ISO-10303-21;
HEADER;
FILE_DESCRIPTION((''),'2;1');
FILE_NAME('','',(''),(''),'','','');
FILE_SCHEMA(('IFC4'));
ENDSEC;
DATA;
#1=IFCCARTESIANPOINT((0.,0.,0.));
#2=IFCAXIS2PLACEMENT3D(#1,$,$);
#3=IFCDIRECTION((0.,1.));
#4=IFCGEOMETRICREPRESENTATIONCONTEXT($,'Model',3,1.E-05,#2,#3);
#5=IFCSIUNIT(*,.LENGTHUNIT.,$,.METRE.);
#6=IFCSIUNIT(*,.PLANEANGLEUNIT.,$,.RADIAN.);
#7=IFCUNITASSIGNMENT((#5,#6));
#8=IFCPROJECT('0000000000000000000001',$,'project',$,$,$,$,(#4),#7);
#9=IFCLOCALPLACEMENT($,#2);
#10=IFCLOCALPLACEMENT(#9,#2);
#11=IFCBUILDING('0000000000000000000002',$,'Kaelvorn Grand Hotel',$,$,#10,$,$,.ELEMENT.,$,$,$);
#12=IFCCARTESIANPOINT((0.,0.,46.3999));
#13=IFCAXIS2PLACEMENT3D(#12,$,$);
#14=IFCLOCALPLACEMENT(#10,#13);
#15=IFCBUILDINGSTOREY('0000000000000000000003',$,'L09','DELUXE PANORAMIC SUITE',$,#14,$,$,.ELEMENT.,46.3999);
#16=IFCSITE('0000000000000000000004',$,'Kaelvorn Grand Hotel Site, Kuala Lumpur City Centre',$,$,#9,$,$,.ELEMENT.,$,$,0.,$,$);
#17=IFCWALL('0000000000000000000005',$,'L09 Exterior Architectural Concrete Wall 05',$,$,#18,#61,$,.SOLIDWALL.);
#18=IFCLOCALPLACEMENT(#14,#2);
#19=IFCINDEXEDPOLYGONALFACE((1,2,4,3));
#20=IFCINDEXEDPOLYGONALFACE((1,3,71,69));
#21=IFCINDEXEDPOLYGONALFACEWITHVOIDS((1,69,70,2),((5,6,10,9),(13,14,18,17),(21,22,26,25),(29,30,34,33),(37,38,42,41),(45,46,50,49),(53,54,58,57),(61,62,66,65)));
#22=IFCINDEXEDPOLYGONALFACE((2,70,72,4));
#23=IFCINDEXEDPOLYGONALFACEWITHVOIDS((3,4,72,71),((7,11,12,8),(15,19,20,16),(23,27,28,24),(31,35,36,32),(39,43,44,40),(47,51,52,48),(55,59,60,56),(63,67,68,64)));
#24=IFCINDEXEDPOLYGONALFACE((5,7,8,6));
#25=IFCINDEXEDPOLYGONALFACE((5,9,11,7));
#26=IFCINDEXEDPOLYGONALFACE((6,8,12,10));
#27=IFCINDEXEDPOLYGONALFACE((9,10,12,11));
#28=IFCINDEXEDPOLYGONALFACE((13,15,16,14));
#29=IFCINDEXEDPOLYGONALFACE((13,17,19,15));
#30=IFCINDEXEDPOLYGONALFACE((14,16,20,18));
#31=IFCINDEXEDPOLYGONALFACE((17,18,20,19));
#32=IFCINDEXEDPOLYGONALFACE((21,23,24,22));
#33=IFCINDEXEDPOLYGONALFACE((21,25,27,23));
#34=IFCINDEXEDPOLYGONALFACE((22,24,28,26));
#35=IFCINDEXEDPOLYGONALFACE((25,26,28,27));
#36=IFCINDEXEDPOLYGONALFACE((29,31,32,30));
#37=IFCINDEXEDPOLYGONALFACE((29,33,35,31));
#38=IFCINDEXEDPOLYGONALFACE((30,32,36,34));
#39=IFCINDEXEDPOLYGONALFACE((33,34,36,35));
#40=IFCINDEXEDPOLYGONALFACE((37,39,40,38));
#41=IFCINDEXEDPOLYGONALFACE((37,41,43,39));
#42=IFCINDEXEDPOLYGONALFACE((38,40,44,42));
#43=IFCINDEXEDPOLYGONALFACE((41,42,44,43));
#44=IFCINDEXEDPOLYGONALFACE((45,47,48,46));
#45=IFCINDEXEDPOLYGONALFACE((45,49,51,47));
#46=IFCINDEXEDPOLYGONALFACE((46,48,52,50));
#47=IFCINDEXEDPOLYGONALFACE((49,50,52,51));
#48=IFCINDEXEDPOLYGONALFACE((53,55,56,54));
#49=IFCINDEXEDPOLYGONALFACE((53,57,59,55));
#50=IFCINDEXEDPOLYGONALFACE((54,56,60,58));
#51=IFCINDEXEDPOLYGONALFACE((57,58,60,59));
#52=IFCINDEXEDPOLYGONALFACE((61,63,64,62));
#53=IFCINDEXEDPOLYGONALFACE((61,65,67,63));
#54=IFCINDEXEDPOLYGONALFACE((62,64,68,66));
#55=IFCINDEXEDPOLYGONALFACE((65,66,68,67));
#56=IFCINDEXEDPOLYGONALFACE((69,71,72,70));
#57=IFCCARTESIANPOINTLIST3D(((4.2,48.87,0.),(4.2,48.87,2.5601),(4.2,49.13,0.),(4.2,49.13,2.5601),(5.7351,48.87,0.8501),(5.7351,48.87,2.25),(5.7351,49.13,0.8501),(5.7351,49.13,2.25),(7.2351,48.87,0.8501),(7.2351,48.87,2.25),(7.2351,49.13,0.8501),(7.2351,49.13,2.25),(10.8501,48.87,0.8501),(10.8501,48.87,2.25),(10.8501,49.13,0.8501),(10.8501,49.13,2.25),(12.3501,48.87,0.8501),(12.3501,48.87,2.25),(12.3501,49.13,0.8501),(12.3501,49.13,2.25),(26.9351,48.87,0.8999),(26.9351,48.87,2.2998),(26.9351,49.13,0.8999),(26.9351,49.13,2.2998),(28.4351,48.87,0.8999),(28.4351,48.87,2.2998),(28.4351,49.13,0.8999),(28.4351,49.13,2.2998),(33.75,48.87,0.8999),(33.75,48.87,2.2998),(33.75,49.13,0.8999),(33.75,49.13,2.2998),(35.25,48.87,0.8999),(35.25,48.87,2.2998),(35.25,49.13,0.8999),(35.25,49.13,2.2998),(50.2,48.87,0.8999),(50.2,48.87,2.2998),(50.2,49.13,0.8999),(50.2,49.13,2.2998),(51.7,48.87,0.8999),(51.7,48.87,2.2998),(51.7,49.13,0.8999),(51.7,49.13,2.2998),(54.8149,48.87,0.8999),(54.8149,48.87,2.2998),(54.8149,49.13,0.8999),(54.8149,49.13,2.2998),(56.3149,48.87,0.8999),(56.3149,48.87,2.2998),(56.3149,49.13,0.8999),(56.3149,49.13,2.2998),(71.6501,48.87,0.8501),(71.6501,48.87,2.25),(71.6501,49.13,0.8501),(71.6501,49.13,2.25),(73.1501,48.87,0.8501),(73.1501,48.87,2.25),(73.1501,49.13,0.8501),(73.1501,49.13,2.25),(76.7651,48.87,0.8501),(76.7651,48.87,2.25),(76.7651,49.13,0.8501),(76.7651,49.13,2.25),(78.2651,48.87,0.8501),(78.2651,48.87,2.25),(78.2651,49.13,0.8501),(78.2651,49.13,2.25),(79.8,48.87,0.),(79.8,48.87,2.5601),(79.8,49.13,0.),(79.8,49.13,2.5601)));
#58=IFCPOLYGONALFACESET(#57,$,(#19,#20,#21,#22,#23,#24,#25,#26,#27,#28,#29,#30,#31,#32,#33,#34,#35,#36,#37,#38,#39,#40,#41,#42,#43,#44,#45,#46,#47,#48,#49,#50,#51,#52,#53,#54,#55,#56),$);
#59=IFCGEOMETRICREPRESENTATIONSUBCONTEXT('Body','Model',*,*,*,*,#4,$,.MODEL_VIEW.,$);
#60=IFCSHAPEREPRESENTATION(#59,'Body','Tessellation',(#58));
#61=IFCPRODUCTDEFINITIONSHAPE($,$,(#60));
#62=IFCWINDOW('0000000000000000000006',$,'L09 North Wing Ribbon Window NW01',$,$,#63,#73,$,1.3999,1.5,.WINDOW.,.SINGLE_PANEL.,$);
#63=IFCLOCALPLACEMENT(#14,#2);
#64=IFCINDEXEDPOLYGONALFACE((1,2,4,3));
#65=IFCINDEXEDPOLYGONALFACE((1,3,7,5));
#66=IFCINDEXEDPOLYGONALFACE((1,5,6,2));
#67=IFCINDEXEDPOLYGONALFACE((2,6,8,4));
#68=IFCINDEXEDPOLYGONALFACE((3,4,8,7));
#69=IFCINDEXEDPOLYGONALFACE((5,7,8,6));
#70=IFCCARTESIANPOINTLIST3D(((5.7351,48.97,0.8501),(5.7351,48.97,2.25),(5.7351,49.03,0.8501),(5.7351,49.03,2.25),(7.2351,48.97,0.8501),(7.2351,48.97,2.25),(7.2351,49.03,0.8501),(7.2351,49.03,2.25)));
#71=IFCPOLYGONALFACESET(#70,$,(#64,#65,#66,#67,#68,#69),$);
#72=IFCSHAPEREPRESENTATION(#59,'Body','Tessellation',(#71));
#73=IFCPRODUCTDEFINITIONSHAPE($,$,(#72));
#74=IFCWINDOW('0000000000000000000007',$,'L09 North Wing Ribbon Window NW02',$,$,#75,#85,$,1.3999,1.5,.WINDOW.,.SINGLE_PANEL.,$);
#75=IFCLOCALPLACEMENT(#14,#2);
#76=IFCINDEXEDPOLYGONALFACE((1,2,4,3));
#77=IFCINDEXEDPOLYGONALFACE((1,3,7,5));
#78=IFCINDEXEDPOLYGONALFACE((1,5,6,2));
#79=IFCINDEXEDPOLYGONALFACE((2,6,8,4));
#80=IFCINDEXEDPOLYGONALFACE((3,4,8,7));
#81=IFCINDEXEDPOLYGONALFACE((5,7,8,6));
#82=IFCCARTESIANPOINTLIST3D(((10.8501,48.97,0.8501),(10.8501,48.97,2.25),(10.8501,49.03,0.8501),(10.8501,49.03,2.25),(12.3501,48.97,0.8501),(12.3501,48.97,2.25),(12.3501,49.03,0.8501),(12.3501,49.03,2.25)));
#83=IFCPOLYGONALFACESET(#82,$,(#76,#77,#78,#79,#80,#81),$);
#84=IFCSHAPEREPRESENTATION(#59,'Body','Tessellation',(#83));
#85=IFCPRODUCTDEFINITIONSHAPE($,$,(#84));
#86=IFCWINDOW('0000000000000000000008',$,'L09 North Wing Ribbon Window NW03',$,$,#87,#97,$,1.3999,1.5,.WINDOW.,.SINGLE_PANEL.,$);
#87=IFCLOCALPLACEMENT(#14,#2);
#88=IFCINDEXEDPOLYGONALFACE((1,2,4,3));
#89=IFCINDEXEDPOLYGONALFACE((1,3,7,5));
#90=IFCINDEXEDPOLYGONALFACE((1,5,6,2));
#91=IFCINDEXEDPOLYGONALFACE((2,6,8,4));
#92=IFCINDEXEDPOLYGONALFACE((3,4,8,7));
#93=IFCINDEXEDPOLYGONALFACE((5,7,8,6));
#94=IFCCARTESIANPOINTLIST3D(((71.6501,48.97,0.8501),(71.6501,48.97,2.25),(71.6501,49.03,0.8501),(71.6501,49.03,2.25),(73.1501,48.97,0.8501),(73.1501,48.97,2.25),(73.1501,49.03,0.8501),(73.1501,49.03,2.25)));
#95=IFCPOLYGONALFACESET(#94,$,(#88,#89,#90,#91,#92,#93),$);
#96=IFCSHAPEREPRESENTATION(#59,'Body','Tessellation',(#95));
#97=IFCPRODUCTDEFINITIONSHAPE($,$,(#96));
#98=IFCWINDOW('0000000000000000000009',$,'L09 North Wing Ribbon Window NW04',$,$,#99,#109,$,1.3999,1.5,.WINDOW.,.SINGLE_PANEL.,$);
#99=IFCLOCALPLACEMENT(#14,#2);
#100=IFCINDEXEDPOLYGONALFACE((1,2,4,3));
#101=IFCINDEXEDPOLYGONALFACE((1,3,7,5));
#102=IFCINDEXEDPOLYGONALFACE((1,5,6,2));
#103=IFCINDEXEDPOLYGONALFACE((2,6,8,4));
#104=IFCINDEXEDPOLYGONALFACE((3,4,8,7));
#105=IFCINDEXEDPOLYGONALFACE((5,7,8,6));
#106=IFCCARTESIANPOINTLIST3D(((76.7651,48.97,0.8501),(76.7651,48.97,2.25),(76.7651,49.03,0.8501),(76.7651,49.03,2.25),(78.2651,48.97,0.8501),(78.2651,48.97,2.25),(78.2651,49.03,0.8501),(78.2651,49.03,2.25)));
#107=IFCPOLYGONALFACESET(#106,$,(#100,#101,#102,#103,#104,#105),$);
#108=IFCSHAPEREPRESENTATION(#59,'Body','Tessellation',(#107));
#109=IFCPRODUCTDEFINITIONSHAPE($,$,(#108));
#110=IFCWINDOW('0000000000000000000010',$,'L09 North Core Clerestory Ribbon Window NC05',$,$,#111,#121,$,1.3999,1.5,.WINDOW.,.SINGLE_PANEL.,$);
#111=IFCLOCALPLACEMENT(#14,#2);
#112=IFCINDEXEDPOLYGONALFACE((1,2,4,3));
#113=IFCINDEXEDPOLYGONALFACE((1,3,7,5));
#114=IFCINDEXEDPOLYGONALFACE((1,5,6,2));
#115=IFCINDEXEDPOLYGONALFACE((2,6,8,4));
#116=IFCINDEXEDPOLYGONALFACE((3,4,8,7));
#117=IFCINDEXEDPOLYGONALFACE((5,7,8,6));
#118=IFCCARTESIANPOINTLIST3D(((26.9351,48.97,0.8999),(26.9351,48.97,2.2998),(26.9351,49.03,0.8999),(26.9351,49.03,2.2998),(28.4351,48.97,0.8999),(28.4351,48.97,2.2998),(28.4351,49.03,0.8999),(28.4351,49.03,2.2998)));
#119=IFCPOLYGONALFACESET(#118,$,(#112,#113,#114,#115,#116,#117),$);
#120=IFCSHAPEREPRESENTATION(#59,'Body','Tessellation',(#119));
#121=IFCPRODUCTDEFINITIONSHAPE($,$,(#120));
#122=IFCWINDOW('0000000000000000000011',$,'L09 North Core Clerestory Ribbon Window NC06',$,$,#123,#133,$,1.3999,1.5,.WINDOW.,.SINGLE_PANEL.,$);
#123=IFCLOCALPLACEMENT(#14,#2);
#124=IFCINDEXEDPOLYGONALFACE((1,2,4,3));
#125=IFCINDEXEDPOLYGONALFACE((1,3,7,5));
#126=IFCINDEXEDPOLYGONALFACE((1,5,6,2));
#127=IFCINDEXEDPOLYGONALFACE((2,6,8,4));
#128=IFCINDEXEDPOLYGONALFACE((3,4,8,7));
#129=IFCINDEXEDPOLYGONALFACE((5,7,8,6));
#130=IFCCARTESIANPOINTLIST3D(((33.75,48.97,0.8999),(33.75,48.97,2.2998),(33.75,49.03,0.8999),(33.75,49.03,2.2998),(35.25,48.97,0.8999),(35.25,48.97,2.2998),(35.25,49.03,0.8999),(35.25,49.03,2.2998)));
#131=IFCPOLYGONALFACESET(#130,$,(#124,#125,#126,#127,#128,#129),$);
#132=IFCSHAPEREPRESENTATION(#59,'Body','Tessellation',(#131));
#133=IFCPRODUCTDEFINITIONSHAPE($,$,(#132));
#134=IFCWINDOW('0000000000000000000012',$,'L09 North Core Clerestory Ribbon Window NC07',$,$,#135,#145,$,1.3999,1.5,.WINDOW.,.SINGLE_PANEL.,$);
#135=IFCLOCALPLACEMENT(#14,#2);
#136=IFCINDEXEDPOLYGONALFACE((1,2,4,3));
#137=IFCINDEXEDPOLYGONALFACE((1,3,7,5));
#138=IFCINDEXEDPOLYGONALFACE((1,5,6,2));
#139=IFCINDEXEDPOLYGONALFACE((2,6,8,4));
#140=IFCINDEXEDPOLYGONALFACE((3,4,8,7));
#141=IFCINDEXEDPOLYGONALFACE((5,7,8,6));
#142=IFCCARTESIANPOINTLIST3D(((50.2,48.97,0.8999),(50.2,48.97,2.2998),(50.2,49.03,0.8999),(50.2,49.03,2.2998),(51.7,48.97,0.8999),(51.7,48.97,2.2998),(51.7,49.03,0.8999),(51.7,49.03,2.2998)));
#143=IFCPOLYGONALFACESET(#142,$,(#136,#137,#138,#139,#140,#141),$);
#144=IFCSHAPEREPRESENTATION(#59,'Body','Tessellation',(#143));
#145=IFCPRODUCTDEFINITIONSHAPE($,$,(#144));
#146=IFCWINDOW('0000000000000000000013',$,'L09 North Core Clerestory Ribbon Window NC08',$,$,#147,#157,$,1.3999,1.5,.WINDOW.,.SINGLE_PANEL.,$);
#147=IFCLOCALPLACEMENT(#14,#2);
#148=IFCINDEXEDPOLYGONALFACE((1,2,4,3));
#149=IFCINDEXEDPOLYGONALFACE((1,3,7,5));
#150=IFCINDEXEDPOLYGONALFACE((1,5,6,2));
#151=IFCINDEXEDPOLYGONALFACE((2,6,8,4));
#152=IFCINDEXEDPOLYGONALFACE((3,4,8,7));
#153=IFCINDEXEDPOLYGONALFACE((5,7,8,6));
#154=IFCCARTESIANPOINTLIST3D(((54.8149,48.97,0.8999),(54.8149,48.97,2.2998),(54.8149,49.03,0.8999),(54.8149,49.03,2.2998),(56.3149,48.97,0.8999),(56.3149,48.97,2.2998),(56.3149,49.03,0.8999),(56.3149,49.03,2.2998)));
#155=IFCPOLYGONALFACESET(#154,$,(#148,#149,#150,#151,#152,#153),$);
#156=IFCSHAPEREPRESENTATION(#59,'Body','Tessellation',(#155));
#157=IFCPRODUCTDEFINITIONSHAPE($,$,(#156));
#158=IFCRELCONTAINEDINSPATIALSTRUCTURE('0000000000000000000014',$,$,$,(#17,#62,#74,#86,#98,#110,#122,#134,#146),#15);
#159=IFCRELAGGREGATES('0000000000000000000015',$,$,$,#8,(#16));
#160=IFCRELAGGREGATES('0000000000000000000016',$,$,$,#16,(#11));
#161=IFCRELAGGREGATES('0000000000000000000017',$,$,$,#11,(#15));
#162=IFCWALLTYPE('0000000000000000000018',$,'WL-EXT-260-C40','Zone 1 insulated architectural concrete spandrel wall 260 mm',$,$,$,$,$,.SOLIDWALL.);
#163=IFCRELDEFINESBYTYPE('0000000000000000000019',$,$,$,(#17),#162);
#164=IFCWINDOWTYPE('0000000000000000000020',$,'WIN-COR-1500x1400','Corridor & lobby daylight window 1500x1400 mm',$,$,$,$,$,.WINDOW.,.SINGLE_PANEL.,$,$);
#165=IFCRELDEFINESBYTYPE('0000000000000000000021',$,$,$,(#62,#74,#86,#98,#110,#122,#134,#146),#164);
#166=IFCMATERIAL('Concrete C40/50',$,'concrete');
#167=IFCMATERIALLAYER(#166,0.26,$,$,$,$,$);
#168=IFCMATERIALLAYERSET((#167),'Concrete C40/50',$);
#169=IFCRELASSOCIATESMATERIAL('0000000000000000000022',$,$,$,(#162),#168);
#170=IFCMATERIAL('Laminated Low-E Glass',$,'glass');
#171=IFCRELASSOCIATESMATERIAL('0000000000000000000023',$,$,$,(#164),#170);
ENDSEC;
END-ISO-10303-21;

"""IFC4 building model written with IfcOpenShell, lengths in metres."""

from ifc_helpers import new_model, si_unit, direction, frame, frame_2d, origin, place, context, subcontext, project, spatial, rectangle, extrude, material, layer, layer_set, type_object, element, fill, save


model = new_model("IFC4")

# Units and contexts
model_context = context("Model", 3, precision=1e-05, world=origin(), true_north=direction((0.0, 1.0)))
body_context = subcontext(model_context, "Body", "Model", "MODEL_VIEW")
ifc_project = project(units=[si_unit("LENGTHUNIT", "METRE"), si_unit("PLANEANGLEUNIT", "RADIAN")], contexts=[model_context])

# Site, building, storey
site_placement = place(None, origin())
site = spatial("IfcSite", under=ifc_project, at=site_placement, Name="Kaelvorn Grand Hotel Site, Kuala Lumpur City Centre", CompositionType="ELEMENT", RefElevation=0.0)
building_placement = place(site_placement, origin())
building = spatial("IfcBuilding", under=site, at=building_placement, Name="Kaelvorn Grand Hotel", CompositionType="ELEMENT")
storey_placement = place(building_placement, frame((0.0, 0.0, 46.3999)))
storey = spatial("IfcBuildingStorey", under=building, at=storey_placement, Name="L09", Description="DELUXE PANORAMIC SUITE", CompositionType="ELEMENT", Elevation=46.3999)

# Shared definitions
ifc_material_1 = material(Name="Concrete C40/50", Category="concrete")
ifc_layer_1 = layer(ifc_material_1, 0.26)
ifc_layer_set_1 = layer_set([ifc_layer_1], Name="Concrete C40/50")
wall_type_1 = type_object("IfcWallType", Name="WL-EXT-260-C40", Description="Zone 1 insulated architectural concrete spandrel wall 260 mm", PredefinedType="SOLIDWALL", material=ifc_layer_set_1)

# Wall, openings, windows
wall_1_placement = place(storey_placement, frame((79.8, 49.0, 0.0), z_axis=(0.0, 0.0, 1.0), x_axis=(-1.0, 0.0, 0.0)))
wall_1 = element("IfcWall", 1, at=wall_1_placement, inside=storey, type_object=wall_type_1, Name="L09 Exterior Architectural Concrete Wall 05", PredefinedType="SOLIDWALL", context=body_context, shape_type="SweptSolid", body=[
    extrude(rectangle(XDim=75.6001, YDim=0.26, at=frame_2d((37.8, 0.0))), origin(), (0.0, 0.0, 1.0), 2.5601),
])
opening_1_placement = place(wall_1_placement, frame((72.5649, 0.0, 0.8501)))
opening_1 = element("IfcOpeningElement", 2, at=opening_1_placement, cuts=wall_1, PredefinedType="OPENING", context=body_context, shape_type="SweptSolid", body=[
    extrude(rectangle(XDim=1.5, YDim=1.3999, at=frame_2d((0.75, 0.7))), frame((0.0, 0.1401, 0.0), z_axis=(0.0, -1.0, 0.0), x_axis=(1.0, 0.0, 0.0)), (0.0, 0.0, 1.0), 0.28),
])
opening_2_placement = place(wall_1_placement, frame((67.45, 0.0, 0.8501)))
opening_2 = element("IfcOpeningElement", 3, at=opening_2_placement, cuts=wall_1, PredefinedType="OPENING", context=body_context, shape_type="SweptSolid", body=[
    extrude(rectangle(XDim=1.5, YDim=1.3999, at=frame_2d((0.75, 0.7))), frame((0.0, 0.1401, 0.0), z_axis=(0.0, -1.0, 0.0), x_axis=(1.0, 0.0, 0.0)), (0.0, 0.0, 1.0), 0.28),
])
opening_3_placement = place(wall_1_placement, frame((6.6499, 0.0, 0.8501)))
opening_3 = element("IfcOpeningElement", 4, at=opening_3_placement, cuts=wall_1, PredefinedType="OPENING", context=body_context, shape_type="SweptSolid", body=[
    extrude(rectangle(XDim=1.5, YDim=1.3999, at=frame_2d((0.75, 0.7))), frame((0.0, 0.1401, 0.0), z_axis=(0.0, -1.0, 0.0), x_axis=(1.0, 0.0, 0.0)), (0.0, 0.0, 1.0), 0.28),
])
opening_4_placement = place(wall_1_placement, frame((1.5349, 0.0, 0.8501)))
opening_4 = element("IfcOpeningElement", 5, at=opening_4_placement, cuts=wall_1, PredefinedType="OPENING", context=body_context, shape_type="SweptSolid", body=[
    extrude(rectangle(XDim=1.5, YDim=1.3999, at=frame_2d((0.75, 0.7))), frame((0.0, 0.1401, 0.0), z_axis=(0.0, -1.0, 0.0), x_axis=(1.0, 0.0, 0.0)), (0.0, 0.0, 1.0), 0.28),
])
opening_5_placement = place(wall_1_placement, frame((51.365, 0.0, 0.8999)))
opening_5 = element("IfcOpeningElement", 6, at=opening_5_placement, cuts=wall_1, PredefinedType="OPENING", context=body_context, shape_type="SweptSolid", body=[
    extrude(rectangle(XDim=1.5, YDim=1.3999, at=frame_2d((0.75, 0.7))), frame((0.0, 0.1401, 0.0), z_axis=(0.0, -1.0, 0.0), x_axis=(1.0, 0.0, 0.0)), (0.0, 0.0, 1.0), 0.28),
])
opening_6_placement = place(wall_1_placement, frame((44.55, 0.0, 0.8999)))
opening_6 = element("IfcOpeningElement", 7, at=opening_6_placement, cuts=wall_1, PredefinedType="OPENING", context=body_context, shape_type="SweptSolid", body=[
    extrude(rectangle(XDim=1.5, YDim=1.3999, at=frame_2d((0.75, 0.7))), frame((0.0, 0.1401, 0.0), z_axis=(0.0, -1.0, 0.0), x_axis=(1.0, 0.0, 0.0)), (0.0, 0.0, 1.0), 0.28),
])
opening_7_placement = place(wall_1_placement, frame((28.1001, 0.0, 0.8999)))
opening_7 = element("IfcOpeningElement", 8, at=opening_7_placement, cuts=wall_1, PredefinedType="OPENING", context=body_context, shape_type="SweptSolid", body=[
    extrude(rectangle(XDim=1.5, YDim=1.3999, at=frame_2d((0.75, 0.7))), frame((0.0, 0.1401, 0.0), z_axis=(0.0, -1.0, 0.0), x_axis=(1.0, 0.0, 0.0)), (0.0, 0.0, 1.0), 0.28),
])
opening_8_placement = place(wall_1_placement, frame((23.4851, 0.0, 0.8999)))
opening_8 = element("IfcOpeningElement", 9, at=opening_8_placement, cuts=wall_1, PredefinedType="OPENING", context=body_context, shape_type="SweptSolid", body=[
    extrude(rectangle(XDim=1.5, YDim=1.3999, at=frame_2d((0.75, 0.7))), frame((0.0, 0.1401, 0.0), z_axis=(0.0, -1.0, 0.0), x_axis=(1.0, 0.0, 0.0)), (0.0, 0.0, 1.0), 0.28),
])
ifc_material_2 = material(Name="Laminated Low-E Glass", Category="glass")
window_type = type_object("IfcWindowType", Name="WIN-COR-1500x1400", Description="Corridor & lobby daylight window 1500x1400 mm", PartitioningType="SINGLE_PANEL", PredefinedType="WINDOW", material=ifc_material_2)
window_1_placement = place(opening_1_placement, origin())
window_1 = element("IfcWindow", 10, at=window_1_placement, inside=storey, type_object=window_type, Name="L09 North Wing Ribbon Window NW01", OverallHeight=1.3999, OverallWidth=1.5, PartitioningType="SINGLE_PANEL", PredefinedType="WINDOW", context=body_context, shape_type="SweptSolid", body=[
    extrude(rectangle(XDim=1.5, YDim=1.3999, at=frame_2d((0.75, 0.7))), frame((0.0, 0.03, 0.0), z_axis=(0.0, -1.0, 0.0), x_axis=(1.0, 0.0, 0.0)), (0.0, 0.0, 1.0), 0.0601),
])
fill(opening_1, window_1)
window_2_placement = place(opening_2_placement, origin())
window_2 = element("IfcWindow", 11, at=window_2_placement, inside=storey, type_object=window_type, Name="L09 North Wing Ribbon Window NW02", OverallHeight=1.3999, OverallWidth=1.5, PartitioningType="SINGLE_PANEL", PredefinedType="WINDOW", context=body_context, shape_type="SweptSolid", body=[
    extrude(rectangle(XDim=1.5, YDim=1.3999, at=frame_2d((0.75, 0.7))), frame((0.0, 0.03, 0.0), z_axis=(0.0, -1.0, 0.0), x_axis=(1.0, 0.0, 0.0)), (0.0, 0.0, 1.0), 0.0601),
])
fill(opening_2, window_2)
window_3_placement = place(opening_3_placement, origin())
window_3 = element("IfcWindow", 12, at=window_3_placement, inside=storey, type_object=window_type, Name="L09 North Wing Ribbon Window NW03", OverallHeight=1.3999, OverallWidth=1.5, PartitioningType="SINGLE_PANEL", PredefinedType="WINDOW", context=body_context, shape_type="SweptSolid", body=[
    extrude(rectangle(XDim=1.5, YDim=1.3999, at=frame_2d((0.75, 0.7))), frame((0.0, 0.03, 0.0), z_axis=(0.0, -1.0, 0.0), x_axis=(1.0, 0.0, 0.0)), (0.0, 0.0, 1.0), 0.0601),
])
fill(opening_3, window_3)
window_4_placement = place(opening_4_placement, origin())
window_4 = element("IfcWindow", 13, at=window_4_placement, inside=storey, type_object=window_type, Name="L09 North Wing Ribbon Window NW04", OverallHeight=1.3999, OverallWidth=1.5, PartitioningType="SINGLE_PANEL", PredefinedType="WINDOW", context=body_context, shape_type="SweptSolid", body=[
    extrude(rectangle(XDim=1.5, YDim=1.3999, at=frame_2d((0.75, 0.7))), frame((0.0, 0.03, 0.0), z_axis=(0.0, -1.0, 0.0), x_axis=(1.0, 0.0, 0.0)), (0.0, 0.0, 1.0), 0.0601),
])
fill(opening_4, window_4)
window_5_placement = place(opening_5_placement, origin())
window_5 = element("IfcWindow", 14, at=window_5_placement, inside=storey, type_object=window_type, Name="L09 North Core Clerestory Ribbon Window NC05", OverallHeight=1.3999, OverallWidth=1.5, PartitioningType="SINGLE_PANEL", PredefinedType="WINDOW", context=body_context, shape_type="SweptSolid", body=[
    extrude(rectangle(XDim=1.5, YDim=1.3999, at=frame_2d((0.75, 0.7))), frame((0.0, 0.03, 0.0), z_axis=(0.0, -1.0, 0.0), x_axis=(1.0, 0.0, 0.0)), (0.0, 0.0, 1.0), 0.0601),
])
fill(opening_5, window_5)
window_6_placement = place(opening_6_placement, origin())
window_6 = element("IfcWindow", 15, at=window_6_placement, inside=storey, type_object=window_type, Name="L09 North Core Clerestory Ribbon Window NC06", OverallHeight=1.3999, OverallWidth=1.5, PartitioningType="SINGLE_PANEL", PredefinedType="WINDOW", context=body_context, shape_type="SweptSolid", body=[
    extrude(rectangle(XDim=1.5, YDim=1.3999, at=frame_2d((0.75, 0.7))), frame((0.0, 0.03, 0.0), z_axis=(0.0, -1.0, 0.0), x_axis=(1.0, 0.0, 0.0)), (0.0, 0.0, 1.0), 0.0601),
])
fill(opening_6, window_6)
window_7_placement = place(opening_7_placement, origin())
window_7 = element("IfcWindow", 16, at=window_7_placement, inside=storey, type_object=window_type, Name="L09 North Core Clerestory Ribbon Window NC07", OverallHeight=1.3999, OverallWidth=1.5, PartitioningType="SINGLE_PANEL", PredefinedType="WINDOW", context=body_context, shape_type="SweptSolid", body=[
    extrude(rectangle(XDim=1.5, YDim=1.3999, at=frame_2d((0.75, 0.7))), frame((0.0, 0.03, 0.0), z_axis=(0.0, -1.0, 0.0), x_axis=(1.0, 0.0, 0.0)), (0.0, 0.0, 1.0), 0.0601),
])
fill(opening_7, window_7)
window_8_placement = place(opening_8_placement, origin())
window_8 = element("IfcWindow", 17, at=window_8_placement, inside=storey, type_object=window_type, Name="L09 North Core Clerestory Ribbon Window NC08", OverallHeight=1.3999, OverallWidth=1.5, PartitioningType="SINGLE_PANEL", PredefinedType="WINDOW", context=body_context, shape_type="SweptSolid", body=[
    extrude(rectangle(XDim=1.5, YDim=1.3999, at=frame_2d((0.75, 0.7))), frame((0.0, 0.03, 0.0), z_axis=(0.0, -1.0, 0.0), x_axis=(1.0, 0.0, 0.0)), (0.0, 0.0, 1.0), 0.0601),
])
fill(opening_8, window_8)

save(model, "model.ifc")
